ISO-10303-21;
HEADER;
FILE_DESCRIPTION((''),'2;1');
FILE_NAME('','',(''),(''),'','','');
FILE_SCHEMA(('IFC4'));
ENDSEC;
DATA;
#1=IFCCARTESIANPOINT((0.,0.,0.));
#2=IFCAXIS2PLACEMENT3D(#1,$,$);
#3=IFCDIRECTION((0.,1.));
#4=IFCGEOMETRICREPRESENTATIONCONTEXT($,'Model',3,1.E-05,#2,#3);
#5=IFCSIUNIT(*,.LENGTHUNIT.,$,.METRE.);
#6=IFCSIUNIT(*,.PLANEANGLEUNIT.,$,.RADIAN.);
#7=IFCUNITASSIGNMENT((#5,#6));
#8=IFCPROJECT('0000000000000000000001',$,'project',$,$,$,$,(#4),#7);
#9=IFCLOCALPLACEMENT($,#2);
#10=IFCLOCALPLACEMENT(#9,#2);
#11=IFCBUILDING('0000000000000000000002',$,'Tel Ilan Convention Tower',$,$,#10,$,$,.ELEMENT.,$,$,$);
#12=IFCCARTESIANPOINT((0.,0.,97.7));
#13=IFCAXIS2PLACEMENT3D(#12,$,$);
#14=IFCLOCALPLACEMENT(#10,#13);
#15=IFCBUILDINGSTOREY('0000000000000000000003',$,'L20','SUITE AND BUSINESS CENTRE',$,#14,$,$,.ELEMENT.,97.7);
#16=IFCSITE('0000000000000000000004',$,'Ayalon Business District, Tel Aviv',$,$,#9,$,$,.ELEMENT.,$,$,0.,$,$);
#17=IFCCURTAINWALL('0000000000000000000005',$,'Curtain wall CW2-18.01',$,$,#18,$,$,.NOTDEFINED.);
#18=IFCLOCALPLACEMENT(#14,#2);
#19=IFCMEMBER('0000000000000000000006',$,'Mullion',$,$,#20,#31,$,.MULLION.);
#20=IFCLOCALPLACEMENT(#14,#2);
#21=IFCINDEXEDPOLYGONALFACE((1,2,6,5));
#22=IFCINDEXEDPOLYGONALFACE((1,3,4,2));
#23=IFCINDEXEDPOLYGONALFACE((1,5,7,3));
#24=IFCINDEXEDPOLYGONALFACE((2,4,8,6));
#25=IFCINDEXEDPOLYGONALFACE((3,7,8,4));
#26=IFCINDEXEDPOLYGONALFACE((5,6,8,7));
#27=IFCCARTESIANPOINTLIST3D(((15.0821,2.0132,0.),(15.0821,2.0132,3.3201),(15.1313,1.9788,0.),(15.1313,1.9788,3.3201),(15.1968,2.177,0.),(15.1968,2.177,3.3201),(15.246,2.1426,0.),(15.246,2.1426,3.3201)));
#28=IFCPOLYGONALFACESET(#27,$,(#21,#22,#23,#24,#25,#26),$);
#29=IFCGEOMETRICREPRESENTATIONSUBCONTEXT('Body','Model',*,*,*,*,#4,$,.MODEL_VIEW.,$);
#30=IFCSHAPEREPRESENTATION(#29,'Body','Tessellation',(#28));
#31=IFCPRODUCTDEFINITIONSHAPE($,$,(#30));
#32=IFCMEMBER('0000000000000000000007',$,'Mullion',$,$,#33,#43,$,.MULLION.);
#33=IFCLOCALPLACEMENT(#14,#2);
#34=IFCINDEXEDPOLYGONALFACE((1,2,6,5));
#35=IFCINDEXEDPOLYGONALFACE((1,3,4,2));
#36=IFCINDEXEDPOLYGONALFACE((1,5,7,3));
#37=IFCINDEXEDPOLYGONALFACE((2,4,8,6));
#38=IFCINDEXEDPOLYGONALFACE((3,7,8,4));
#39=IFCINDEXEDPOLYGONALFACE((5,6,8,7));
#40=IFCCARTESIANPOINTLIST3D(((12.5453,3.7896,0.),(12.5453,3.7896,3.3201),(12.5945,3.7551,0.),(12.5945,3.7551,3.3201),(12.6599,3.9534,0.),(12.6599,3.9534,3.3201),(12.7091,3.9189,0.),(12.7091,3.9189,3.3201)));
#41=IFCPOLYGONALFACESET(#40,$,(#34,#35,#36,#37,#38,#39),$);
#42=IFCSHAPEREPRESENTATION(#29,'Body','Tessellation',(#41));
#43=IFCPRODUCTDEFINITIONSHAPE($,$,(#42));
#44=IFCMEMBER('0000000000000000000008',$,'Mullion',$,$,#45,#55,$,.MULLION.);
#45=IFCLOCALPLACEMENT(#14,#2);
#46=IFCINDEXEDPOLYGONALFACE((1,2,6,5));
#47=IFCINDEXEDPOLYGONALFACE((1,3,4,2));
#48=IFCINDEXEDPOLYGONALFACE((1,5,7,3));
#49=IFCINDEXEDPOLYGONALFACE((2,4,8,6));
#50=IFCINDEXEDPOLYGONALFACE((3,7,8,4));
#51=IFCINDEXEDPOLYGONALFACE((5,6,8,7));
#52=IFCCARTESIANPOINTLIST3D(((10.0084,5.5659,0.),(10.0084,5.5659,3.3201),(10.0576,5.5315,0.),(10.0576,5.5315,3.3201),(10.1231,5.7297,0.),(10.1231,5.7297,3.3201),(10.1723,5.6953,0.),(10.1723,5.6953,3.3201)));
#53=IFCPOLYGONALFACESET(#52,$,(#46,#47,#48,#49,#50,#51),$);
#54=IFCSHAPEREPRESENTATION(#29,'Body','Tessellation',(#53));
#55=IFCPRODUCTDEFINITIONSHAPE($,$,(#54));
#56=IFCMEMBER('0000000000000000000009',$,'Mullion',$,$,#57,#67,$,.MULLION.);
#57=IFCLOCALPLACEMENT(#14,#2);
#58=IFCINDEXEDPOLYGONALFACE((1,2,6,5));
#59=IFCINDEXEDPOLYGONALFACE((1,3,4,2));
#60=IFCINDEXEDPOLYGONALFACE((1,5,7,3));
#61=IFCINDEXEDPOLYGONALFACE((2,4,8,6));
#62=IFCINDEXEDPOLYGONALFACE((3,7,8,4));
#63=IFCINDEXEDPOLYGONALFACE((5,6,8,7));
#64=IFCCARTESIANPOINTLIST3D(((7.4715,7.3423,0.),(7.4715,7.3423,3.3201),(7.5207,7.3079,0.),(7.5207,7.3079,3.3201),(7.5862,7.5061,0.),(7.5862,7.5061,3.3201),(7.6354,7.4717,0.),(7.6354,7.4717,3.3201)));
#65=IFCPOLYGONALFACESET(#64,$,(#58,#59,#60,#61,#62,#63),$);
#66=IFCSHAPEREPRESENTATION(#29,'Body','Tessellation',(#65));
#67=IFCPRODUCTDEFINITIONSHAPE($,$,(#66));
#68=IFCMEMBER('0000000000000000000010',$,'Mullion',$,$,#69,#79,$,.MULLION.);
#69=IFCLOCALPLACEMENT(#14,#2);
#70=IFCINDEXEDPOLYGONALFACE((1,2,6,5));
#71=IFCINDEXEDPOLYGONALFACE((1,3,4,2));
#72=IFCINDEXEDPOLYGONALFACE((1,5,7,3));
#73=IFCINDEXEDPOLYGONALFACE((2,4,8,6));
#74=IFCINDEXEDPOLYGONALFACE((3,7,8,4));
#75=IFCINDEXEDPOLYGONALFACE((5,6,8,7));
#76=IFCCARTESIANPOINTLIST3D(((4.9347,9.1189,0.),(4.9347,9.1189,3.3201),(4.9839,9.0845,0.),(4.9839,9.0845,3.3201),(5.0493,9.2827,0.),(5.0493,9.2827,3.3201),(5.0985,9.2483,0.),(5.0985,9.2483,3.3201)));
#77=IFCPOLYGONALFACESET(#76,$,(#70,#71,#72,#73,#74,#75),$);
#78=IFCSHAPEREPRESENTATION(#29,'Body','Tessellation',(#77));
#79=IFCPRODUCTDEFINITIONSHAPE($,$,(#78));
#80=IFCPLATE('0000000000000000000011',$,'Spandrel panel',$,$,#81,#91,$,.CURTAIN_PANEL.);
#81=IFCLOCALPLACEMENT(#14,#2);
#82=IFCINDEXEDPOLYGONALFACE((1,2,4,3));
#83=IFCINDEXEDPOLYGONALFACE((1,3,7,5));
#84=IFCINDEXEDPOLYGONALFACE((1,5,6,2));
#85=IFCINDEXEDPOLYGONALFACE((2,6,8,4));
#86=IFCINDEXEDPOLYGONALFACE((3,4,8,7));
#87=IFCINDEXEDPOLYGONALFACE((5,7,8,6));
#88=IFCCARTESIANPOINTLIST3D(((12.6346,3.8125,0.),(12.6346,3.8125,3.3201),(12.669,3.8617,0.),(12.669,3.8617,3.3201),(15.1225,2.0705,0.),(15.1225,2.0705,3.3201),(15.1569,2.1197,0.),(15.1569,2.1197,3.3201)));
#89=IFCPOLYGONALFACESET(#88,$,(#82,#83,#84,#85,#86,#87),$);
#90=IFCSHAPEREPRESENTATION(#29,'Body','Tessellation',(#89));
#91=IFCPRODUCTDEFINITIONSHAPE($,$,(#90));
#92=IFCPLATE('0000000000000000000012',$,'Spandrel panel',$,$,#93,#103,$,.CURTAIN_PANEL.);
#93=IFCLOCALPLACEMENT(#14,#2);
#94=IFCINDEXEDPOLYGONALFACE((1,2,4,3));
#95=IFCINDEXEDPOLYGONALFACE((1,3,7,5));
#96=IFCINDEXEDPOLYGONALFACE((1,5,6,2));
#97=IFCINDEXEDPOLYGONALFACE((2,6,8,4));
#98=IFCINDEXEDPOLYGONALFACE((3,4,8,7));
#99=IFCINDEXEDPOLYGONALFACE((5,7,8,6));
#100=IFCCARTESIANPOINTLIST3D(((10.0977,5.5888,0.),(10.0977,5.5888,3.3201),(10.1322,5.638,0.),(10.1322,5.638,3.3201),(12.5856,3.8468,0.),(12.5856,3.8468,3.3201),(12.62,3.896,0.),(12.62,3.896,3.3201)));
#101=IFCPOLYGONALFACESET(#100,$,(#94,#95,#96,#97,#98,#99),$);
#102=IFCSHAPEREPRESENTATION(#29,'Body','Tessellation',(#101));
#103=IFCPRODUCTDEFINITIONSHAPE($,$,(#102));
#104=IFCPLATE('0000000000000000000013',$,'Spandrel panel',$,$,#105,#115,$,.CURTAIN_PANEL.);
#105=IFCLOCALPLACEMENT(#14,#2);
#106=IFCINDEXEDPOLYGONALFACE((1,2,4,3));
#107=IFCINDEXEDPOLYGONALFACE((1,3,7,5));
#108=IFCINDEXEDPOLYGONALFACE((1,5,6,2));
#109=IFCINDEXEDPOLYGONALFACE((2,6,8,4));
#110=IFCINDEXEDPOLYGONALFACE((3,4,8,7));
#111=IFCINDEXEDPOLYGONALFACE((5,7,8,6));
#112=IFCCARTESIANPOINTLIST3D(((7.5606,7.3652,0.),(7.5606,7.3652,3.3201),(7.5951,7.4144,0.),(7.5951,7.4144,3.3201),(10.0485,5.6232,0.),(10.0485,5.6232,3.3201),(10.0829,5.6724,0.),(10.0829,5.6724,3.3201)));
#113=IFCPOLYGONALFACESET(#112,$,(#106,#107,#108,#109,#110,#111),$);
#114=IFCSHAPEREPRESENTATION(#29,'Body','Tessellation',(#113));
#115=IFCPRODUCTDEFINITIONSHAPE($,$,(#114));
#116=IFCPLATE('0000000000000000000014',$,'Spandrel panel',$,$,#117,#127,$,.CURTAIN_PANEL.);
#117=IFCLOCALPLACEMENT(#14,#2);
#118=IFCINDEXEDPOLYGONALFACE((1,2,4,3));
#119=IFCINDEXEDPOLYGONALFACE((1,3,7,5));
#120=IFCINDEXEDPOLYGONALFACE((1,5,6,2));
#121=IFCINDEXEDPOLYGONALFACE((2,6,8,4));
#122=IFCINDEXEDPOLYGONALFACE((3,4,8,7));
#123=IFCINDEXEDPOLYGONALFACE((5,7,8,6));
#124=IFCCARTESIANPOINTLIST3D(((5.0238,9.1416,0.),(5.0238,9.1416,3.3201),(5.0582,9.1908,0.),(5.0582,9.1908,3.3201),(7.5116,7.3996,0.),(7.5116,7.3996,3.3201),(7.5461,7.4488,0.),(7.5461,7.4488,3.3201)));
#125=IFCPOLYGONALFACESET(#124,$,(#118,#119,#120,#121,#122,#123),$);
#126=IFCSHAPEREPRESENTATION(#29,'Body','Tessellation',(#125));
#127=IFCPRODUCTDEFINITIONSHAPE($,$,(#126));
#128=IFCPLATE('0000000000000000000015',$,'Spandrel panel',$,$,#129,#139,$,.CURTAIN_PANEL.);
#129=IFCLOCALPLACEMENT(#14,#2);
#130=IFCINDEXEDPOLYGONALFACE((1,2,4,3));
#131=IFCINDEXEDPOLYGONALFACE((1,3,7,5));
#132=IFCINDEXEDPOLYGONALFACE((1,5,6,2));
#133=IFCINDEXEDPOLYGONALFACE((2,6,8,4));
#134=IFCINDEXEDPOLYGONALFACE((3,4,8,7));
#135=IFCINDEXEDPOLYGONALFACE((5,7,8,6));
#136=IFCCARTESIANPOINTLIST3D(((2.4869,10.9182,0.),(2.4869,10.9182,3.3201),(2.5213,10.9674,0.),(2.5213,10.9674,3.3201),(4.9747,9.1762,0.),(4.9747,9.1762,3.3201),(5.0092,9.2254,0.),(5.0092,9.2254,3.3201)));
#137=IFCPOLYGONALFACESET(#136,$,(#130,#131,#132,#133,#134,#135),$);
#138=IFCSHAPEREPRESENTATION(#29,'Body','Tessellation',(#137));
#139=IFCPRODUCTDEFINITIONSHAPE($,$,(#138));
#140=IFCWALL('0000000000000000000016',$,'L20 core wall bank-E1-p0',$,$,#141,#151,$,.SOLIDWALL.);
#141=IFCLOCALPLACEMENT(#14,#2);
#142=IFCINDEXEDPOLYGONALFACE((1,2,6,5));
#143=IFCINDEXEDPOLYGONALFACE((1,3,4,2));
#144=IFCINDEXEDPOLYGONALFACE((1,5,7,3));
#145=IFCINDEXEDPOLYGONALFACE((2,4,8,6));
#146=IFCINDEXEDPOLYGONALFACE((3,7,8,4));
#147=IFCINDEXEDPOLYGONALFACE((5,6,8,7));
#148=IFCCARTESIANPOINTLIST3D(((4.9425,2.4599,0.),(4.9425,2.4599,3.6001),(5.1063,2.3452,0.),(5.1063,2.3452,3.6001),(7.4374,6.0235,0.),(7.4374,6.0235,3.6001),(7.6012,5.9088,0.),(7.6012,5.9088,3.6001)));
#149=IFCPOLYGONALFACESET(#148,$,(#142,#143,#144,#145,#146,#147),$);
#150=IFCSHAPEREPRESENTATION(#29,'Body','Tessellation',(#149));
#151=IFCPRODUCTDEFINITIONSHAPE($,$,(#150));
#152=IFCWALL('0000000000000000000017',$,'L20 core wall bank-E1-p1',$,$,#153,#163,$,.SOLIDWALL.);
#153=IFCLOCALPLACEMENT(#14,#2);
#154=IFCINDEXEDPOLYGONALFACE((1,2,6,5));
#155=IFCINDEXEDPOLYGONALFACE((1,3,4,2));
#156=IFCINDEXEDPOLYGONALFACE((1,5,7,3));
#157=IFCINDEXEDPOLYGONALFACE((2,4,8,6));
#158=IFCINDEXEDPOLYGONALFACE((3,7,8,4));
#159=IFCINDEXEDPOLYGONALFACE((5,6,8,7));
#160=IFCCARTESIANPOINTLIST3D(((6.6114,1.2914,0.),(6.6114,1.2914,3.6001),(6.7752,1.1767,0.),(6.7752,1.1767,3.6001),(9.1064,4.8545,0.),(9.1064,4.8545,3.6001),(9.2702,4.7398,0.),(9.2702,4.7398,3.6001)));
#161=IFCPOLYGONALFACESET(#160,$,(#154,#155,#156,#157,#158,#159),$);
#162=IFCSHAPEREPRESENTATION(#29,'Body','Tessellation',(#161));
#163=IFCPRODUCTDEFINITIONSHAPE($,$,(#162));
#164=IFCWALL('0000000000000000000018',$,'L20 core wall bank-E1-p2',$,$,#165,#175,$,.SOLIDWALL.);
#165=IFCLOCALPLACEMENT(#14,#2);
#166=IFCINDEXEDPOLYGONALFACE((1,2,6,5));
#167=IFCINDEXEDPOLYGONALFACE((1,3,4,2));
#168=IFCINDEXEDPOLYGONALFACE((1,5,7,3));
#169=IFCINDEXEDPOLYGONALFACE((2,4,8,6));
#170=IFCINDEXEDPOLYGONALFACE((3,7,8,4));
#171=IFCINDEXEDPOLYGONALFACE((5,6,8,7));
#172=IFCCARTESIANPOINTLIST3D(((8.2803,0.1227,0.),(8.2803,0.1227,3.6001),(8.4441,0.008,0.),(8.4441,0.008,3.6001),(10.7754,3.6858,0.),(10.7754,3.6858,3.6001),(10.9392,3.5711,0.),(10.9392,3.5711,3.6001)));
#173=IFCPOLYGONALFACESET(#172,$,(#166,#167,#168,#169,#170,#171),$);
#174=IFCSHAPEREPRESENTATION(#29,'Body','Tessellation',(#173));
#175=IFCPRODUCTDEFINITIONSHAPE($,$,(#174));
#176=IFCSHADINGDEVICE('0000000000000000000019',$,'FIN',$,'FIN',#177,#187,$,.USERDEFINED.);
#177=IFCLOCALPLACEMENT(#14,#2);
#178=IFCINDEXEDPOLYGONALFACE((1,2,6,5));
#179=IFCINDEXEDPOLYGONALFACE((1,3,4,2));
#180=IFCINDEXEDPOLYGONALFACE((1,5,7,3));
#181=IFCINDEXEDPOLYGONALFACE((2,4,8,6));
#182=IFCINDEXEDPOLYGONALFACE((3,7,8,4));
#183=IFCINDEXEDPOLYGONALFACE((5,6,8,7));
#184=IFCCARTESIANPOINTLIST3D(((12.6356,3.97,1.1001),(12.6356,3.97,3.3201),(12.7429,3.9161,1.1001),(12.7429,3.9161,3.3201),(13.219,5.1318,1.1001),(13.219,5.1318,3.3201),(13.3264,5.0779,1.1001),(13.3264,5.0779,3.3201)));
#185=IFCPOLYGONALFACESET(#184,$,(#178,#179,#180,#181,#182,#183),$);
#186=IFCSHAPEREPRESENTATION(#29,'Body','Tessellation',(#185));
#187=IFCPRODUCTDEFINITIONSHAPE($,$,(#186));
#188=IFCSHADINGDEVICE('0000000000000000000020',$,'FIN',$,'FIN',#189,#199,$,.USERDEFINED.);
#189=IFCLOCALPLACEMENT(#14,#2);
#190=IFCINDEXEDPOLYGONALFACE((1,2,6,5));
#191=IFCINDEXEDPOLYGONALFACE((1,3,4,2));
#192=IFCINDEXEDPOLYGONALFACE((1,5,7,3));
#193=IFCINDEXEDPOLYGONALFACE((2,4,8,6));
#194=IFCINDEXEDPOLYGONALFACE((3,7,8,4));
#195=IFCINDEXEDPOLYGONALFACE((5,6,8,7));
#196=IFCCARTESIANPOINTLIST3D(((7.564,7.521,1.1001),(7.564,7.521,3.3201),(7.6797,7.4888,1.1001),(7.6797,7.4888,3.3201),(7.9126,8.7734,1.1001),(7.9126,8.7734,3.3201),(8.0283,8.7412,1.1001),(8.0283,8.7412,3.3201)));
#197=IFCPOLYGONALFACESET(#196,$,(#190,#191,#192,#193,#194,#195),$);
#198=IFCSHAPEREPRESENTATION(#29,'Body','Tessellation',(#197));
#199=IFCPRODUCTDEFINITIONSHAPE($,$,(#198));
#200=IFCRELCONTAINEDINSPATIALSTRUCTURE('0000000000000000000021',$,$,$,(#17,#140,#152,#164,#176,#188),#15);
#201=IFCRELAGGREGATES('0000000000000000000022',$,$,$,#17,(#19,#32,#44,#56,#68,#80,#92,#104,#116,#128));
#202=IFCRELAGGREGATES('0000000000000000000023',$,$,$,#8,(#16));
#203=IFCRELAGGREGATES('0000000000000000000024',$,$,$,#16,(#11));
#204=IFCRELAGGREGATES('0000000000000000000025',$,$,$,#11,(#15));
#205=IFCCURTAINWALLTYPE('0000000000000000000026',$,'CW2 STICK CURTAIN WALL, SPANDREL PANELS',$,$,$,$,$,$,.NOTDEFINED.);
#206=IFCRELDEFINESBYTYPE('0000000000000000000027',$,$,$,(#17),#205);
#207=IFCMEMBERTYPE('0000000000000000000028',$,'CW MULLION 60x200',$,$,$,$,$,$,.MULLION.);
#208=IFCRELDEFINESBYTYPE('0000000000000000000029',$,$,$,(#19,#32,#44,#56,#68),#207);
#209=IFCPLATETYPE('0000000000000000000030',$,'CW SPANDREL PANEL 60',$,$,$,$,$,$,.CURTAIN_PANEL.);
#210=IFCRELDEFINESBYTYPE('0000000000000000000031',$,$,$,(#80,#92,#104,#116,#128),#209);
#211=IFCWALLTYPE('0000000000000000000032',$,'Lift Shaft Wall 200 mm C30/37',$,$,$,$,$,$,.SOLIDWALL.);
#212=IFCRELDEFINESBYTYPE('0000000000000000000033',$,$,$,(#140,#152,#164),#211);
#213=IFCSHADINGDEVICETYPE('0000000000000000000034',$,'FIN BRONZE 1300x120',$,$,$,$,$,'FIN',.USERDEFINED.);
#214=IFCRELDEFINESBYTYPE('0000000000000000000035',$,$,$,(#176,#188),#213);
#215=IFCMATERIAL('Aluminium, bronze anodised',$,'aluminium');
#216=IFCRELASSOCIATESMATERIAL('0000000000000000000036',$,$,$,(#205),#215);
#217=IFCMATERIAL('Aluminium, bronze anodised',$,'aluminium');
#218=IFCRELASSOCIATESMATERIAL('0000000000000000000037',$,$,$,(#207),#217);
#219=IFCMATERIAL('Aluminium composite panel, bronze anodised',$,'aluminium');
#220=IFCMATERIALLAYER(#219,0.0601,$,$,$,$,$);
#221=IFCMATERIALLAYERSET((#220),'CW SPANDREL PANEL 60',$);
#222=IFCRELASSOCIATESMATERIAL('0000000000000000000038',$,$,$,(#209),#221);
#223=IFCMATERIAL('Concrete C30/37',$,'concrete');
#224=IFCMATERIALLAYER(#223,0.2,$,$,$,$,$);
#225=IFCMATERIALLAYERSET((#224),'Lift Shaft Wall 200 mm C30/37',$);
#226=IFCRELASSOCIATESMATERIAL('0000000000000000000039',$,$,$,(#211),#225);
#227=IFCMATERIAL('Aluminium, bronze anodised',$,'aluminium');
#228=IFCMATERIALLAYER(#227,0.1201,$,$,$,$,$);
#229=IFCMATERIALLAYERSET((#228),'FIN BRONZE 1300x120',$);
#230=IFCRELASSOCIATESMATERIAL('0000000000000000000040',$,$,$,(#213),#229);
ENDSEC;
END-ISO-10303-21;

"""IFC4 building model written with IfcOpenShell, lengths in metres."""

from ifc_helpers import new_model, si_unit, direction, frame, frame_2d, origin, origin_2d, place, context, subcontext, project, spatial, rectangle, extrude, material, layer, layer_set, material_profile, profile_set, type_object, element, aggregate, save


model = new_model("IFC4")

# Units and contexts
model_context = context("Model", 3, precision=1e-05, world=origin(), true_north=direction((0.0, 1.0)))
body_context = subcontext(model_context, "Body", "Model", "MODEL_VIEW")
ifc_project = project(units=[si_unit("LENGTHUNIT", "METRE"), si_unit("PLANEANGLEUNIT", "RADIAN")], contexts=[model_context])

# Site, building, storey
site_placement = place(None, origin())
site = spatial("IfcSite", under=ifc_project, at=site_placement, Name="Ayalon Business District, Tel Aviv", CompositionType="ELEMENT", RefElevation=0.0)
building_placement = place(site_placement, origin())
building = spatial("IfcBuilding", under=site, at=building_placement, Name="Tel Ilan Convention Tower", CompositionType="ELEMENT")
storey_placement = place(building_placement, frame((0.0, 0.0, 97.7)))
storey = spatial("IfcBuildingStorey", under=building, at=storey_placement, Name="L20", Description="SUITE AND BUSINESS CENTRE", CompositionType="ELEMENT", Elevation=97.7)

# Curtain wall, members, plates
ifc_material_1 = material(Name="Aluminium, bronze anodised", Category="aluminium")
curtain_wall_type = type_object("IfcCurtainWallType", Name="CW2 STICK CURTAIN WALL, SPANDREL PANELS", PredefinedType="NOTDEFINED", material=ifc_material_1)
curtain_wall_placement = place(storey_placement, origin())
curtain_wall = element("IfcCurtainWall", 1, at=curtain_wall_placement, inside=storey, type_object=curtain_wall_type, Name="Curtain wall CW2-18.01", PredefinedType="NOTDEFINED")
ifc_material_2 = material(Name="Aluminium, bronze anodised", Category="aluminium")
ifc_material_profile = material_profile(ifc_material_2, rectangle(XDim=0.0601, YDim=0.2, at=origin_2d()), Name="CW MULLION 60x200")
ifc_profile_set = profile_set([ifc_material_profile], Name="Aluminium, bronze anodised")
member_type = type_object("IfcMemberType", Name="CW MULLION 60x200", PredefinedType="MULLION", material=ifc_profile_set)
member_1_placement = place(storey_placement, frame((15.1641, 2.0779, 0.0), z_axis=(0.0, 0.0, 1.0), x_axis=(-0.819152, 0.573576, 0.0)))
member_1 = element("IfcMember", 2, at=member_1_placement, type_object=member_type, Name="Mullion", PredefinedType="MULLION", context=body_context, shape_type="SweptSolid", body=[
    extrude(rectangle(XDim=0.0601, YDim=0.2, at=origin_2d()), origin(), (0.0, 0.0, 1.0), 3.3201),
])
member_2_placement = place(storey_placement, frame((12.6272, 3.8542, 0.0), z_axis=(0.0, 0.0, 1.0), x_axis=(-0.819152, 0.573576, 0.0)))
member_2 = element("IfcMember", 3, at=member_2_placement, type_object=member_type, Name="Mullion", PredefinedType="MULLION", context=body_context, shape_type="SweptSolid", body=[
    extrude(rectangle(XDim=0.0601, YDim=0.2, at=origin_2d()), origin(), (0.0, 0.0, 1.0), 3.3201),
])
member_3_placement = place(storey_placement, frame((10.0903, 5.6306, 0.0), z_axis=(0.0, 0.0, 1.0), x_axis=(-0.819152, 0.573576, 0.0)))
member_3 = element("IfcMember", 4, at=member_3_placement, type_object=member_type, Name="Mullion", PredefinedType="MULLION", context=body_context, shape_type="SweptSolid", body=[
    extrude(rectangle(XDim=0.0601, YDim=0.2, at=origin_2d()), origin(), (0.0, 0.0, 1.0), 3.3201),
])
member_4_placement = place(storey_placement, frame((7.5535, 7.407, 0.0), z_axis=(0.0, 0.0, 1.0), x_axis=(-0.819152, 0.573576, 0.0)))
member_4 = element("IfcMember", 5, at=member_4_placement, type_object=member_type, Name="Mullion", PredefinedType="MULLION", context=body_context, shape_type="SweptSolid", body=[
    extrude(rectangle(XDim=0.0601, YDim=0.2, at=origin_2d()), origin(), (0.0, 0.0, 1.0), 3.3201),
])
member_5_placement = place(storey_placement, frame((5.0166, 9.1836, 0.0), z_axis=(0.0, 0.0, 1.0), x_axis=(-0.819152, 0.573576, 0.0)))
member_5 = element("IfcMember", 6, at=member_5_placement, type_object=member_type, Name="Mullion", PredefinedType="MULLION", context=body_context, shape_type="SweptSolid", body=[
    extrude(rectangle(XDim=0.0601, YDim=0.2, at=origin_2d()), origin(), (0.0, 0.0, 1.0), 3.3201),
])
ifc_material_3 = material(Name="Aluminium composite panel, bronze anodised", Category="aluminium")
ifc_layer_1 = layer(ifc_material_3, 0.0601)
ifc_layer_set_1 = layer_set([ifc_layer_1], Name="CW SPANDREL PANEL 60")
plate_type = type_object("IfcPlateType", Name="CW SPANDREL PANEL 60", PredefinedType="CURTAIN_PANEL", material=ifc_layer_set_1)
plate_1_placement = place(storey_placement, frame((13.8958, 2.9661, 0.0), z_axis=(0.0, 0.0, 1.0), x_axis=(-0.819152, 0.573576, 0.0)))
plate_1 = element("IfcPlate", 7, at=plate_1_placement, type_object=plate_type, Name="Spandrel panel", PredefinedType="CURTAIN_PANEL", context=body_context, shape_type="SweptSolid", body=[
    extrude(rectangle(XDim=3.0371, YDim=0.0601, at=origin_2d()), origin(), (0.0, 0.0, 1.0), 3.3201),
])
plate_2_placement = place(storey_placement, frame((11.3589, 4.7424, 0.0), z_axis=(0.0, 0.0, 1.0), x_axis=(-0.819152, 0.573576, 0.0)))
plate_2 = element("IfcPlate", 8, at=plate_2_placement, type_object=plate_type, Name="Spandrel panel", PredefinedType="CURTAIN_PANEL", context=body_context, shape_type="SweptSolid", body=[
    extrude(rectangle(XDim=3.0371, YDim=0.0601, at=origin_2d()), origin(), (0.0, 0.0, 1.0), 3.3201),
])
plate_3_placement = place(storey_placement, frame((8.8218, 6.5188, 0.0), z_axis=(0.0, 0.0, 1.0), x_axis=(-0.819152, 0.573576, 0.0)))
plate_3 = element("IfcPlate", 9, at=plate_3_placement, type_object=plate_type, Name="Spandrel panel", PredefinedType="CURTAIN_PANEL", context=body_context, shape_type="SweptSolid", body=[
    extrude(rectangle(XDim=3.0371, YDim=0.0601, at=origin_2d()), origin(), (0.0, 0.0, 1.0), 3.3201),
])
plate_4_placement = place(storey_placement, frame((6.2849, 8.2952, 0.0), z_axis=(0.0, 0.0, 1.0), x_axis=(-0.819152, 0.573576, 0.0)))
plate_4 = element("IfcPlate", 10, at=plate_4_placement, type_object=plate_type, Name="Spandrel panel", PredefinedType="CURTAIN_PANEL", context=body_context, shape_type="SweptSolid", body=[
    extrude(rectangle(XDim=3.0371, YDim=0.0601, at=origin_2d()), origin(), (0.0, 0.0, 1.0), 3.3201),
])
plate_5_placement = place(storey_placement, frame((3.748, 10.0718, 0.0), z_axis=(0.0, 0.0, 1.0), x_axis=(-0.819152, 0.573576, 0.0)))
plate_5 = element("IfcPlate", 11, at=plate_5_placement, type_object=plate_type, Name="Spandrel panel", PredefinedType="CURTAIN_PANEL", context=body_context, shape_type="SweptSolid", body=[
    extrude(rectangle(XDim=3.0371, YDim=0.0601, at=origin_2d()), origin(), (0.0, 0.0, 1.0), 3.3201),
])
aggregate(curtain_wall, [member_1, member_2, member_3, member_4, member_5, plate_1, plate_2, plate_3, plate_4, plate_5])

# Walls
ifc_material_4 = material(Name="Concrete C30/37", Category="concrete")
ifc_layer_2 = layer(ifc_material_4, 0.2)
ifc_layer_set_2 = layer_set([ifc_layer_2], Name="Lift Shaft Wall 200 mm C30/37")
wall_type = type_object("IfcWallType", Name="Lift Shaft Wall 200 mm C30/37", PredefinedType="SOLIDWALL", material=ifc_layer_set_2)
wall_placement = place(storey_placement, frame((5.0244, 2.4026, 0.0), z_axis=(0.0, 0.0, 1.0), x_axis=(0.57353, 0.819184, 0.0)))
element("IfcWall", 12, at=wall_placement, inside=storey, type_object=wall_type, Name="L20 core wall bank-E1-p0", PredefinedType="SOLIDWALL", context=body_context, shape_type="SweptSolid", body=[
    extrude(rectangle(XDim=4.3501, YDim=0.2, at=frame_2d((2.175, 0.0))), origin(), (0.0, 0.0, 1.0), 3.6001),
])
for number, where, z_axis, x_axis, name in (
    (13, (6.6934, 1.2341, 0.0), (0.0, 0.0, 1.0), (0.573594, 0.81914, 0.0), "L20 core wall bank-E1-p1"),
    (14, (8.3623, 0.0654, 0.0), (0.0, 0.0, 1.0), (0.573594, 0.81914, 0.0), "L20 core wall bank-E1-p2"),
):
    element("IfcWall", number, at=place(storey_placement, frame(where, z_axis=z_axis, x_axis=x_axis)), inside=storey, type_object=wall_type, Name=name, PredefinedType="SOLIDWALL", context=body_context, shape_type="SweptSolid", body=[
        extrude(rectangle(XDim=4.3499, YDim=0.2, at=frame_2d((2.1748, 0.0))), origin(), (0.0, 0.0, 1.0), 3.6001),
    ])

# Shading devices
ifc_material_5 = material(Name="Aluminium, bronze anodised", Category="aluminium")
ifc_layer_3 = layer(ifc_material_5, 0.1201)
ifc_layer_set_3 = layer_set([ifc_layer_3], Name="FIN BRONZE 1300x120")
shading_device_type = type_object("IfcShadingDeviceType", Name="FIN BRONZE 1300x120", ElementType="FIN", PredefinedType="USERDEFINED", material=ifc_layer_set_3)
for number, where, z_axis, x_axis, name in (
    (15, (12.981, 4.5239, 1.1001), (0.0, 0.0, 1.0), (0.448799, 0.893633, 0.0), "FIN"),
    (16, (7.7961, 8.1311, 1.1001), (0.0, 0.0, 1.0), (0.268173, 0.963371, 0.0), "FIN"),
):
    element("IfcShadingDevice", number, at=place(storey_placement, frame(where, z_axis=z_axis, x_axis=x_axis)), inside=storey, type_object=shading_device_type, Name=name, ObjectType="FIN", PredefinedType="USERDEFINED", context=body_context, shape_type="SweptSolid", body=[
        extrude(rectangle(XDim=1.3, YDim=0.1201, at=origin_2d()), origin(), (0.0, 0.0, 1.0), 2.22),
    ])

save(model, "model.ifc")
